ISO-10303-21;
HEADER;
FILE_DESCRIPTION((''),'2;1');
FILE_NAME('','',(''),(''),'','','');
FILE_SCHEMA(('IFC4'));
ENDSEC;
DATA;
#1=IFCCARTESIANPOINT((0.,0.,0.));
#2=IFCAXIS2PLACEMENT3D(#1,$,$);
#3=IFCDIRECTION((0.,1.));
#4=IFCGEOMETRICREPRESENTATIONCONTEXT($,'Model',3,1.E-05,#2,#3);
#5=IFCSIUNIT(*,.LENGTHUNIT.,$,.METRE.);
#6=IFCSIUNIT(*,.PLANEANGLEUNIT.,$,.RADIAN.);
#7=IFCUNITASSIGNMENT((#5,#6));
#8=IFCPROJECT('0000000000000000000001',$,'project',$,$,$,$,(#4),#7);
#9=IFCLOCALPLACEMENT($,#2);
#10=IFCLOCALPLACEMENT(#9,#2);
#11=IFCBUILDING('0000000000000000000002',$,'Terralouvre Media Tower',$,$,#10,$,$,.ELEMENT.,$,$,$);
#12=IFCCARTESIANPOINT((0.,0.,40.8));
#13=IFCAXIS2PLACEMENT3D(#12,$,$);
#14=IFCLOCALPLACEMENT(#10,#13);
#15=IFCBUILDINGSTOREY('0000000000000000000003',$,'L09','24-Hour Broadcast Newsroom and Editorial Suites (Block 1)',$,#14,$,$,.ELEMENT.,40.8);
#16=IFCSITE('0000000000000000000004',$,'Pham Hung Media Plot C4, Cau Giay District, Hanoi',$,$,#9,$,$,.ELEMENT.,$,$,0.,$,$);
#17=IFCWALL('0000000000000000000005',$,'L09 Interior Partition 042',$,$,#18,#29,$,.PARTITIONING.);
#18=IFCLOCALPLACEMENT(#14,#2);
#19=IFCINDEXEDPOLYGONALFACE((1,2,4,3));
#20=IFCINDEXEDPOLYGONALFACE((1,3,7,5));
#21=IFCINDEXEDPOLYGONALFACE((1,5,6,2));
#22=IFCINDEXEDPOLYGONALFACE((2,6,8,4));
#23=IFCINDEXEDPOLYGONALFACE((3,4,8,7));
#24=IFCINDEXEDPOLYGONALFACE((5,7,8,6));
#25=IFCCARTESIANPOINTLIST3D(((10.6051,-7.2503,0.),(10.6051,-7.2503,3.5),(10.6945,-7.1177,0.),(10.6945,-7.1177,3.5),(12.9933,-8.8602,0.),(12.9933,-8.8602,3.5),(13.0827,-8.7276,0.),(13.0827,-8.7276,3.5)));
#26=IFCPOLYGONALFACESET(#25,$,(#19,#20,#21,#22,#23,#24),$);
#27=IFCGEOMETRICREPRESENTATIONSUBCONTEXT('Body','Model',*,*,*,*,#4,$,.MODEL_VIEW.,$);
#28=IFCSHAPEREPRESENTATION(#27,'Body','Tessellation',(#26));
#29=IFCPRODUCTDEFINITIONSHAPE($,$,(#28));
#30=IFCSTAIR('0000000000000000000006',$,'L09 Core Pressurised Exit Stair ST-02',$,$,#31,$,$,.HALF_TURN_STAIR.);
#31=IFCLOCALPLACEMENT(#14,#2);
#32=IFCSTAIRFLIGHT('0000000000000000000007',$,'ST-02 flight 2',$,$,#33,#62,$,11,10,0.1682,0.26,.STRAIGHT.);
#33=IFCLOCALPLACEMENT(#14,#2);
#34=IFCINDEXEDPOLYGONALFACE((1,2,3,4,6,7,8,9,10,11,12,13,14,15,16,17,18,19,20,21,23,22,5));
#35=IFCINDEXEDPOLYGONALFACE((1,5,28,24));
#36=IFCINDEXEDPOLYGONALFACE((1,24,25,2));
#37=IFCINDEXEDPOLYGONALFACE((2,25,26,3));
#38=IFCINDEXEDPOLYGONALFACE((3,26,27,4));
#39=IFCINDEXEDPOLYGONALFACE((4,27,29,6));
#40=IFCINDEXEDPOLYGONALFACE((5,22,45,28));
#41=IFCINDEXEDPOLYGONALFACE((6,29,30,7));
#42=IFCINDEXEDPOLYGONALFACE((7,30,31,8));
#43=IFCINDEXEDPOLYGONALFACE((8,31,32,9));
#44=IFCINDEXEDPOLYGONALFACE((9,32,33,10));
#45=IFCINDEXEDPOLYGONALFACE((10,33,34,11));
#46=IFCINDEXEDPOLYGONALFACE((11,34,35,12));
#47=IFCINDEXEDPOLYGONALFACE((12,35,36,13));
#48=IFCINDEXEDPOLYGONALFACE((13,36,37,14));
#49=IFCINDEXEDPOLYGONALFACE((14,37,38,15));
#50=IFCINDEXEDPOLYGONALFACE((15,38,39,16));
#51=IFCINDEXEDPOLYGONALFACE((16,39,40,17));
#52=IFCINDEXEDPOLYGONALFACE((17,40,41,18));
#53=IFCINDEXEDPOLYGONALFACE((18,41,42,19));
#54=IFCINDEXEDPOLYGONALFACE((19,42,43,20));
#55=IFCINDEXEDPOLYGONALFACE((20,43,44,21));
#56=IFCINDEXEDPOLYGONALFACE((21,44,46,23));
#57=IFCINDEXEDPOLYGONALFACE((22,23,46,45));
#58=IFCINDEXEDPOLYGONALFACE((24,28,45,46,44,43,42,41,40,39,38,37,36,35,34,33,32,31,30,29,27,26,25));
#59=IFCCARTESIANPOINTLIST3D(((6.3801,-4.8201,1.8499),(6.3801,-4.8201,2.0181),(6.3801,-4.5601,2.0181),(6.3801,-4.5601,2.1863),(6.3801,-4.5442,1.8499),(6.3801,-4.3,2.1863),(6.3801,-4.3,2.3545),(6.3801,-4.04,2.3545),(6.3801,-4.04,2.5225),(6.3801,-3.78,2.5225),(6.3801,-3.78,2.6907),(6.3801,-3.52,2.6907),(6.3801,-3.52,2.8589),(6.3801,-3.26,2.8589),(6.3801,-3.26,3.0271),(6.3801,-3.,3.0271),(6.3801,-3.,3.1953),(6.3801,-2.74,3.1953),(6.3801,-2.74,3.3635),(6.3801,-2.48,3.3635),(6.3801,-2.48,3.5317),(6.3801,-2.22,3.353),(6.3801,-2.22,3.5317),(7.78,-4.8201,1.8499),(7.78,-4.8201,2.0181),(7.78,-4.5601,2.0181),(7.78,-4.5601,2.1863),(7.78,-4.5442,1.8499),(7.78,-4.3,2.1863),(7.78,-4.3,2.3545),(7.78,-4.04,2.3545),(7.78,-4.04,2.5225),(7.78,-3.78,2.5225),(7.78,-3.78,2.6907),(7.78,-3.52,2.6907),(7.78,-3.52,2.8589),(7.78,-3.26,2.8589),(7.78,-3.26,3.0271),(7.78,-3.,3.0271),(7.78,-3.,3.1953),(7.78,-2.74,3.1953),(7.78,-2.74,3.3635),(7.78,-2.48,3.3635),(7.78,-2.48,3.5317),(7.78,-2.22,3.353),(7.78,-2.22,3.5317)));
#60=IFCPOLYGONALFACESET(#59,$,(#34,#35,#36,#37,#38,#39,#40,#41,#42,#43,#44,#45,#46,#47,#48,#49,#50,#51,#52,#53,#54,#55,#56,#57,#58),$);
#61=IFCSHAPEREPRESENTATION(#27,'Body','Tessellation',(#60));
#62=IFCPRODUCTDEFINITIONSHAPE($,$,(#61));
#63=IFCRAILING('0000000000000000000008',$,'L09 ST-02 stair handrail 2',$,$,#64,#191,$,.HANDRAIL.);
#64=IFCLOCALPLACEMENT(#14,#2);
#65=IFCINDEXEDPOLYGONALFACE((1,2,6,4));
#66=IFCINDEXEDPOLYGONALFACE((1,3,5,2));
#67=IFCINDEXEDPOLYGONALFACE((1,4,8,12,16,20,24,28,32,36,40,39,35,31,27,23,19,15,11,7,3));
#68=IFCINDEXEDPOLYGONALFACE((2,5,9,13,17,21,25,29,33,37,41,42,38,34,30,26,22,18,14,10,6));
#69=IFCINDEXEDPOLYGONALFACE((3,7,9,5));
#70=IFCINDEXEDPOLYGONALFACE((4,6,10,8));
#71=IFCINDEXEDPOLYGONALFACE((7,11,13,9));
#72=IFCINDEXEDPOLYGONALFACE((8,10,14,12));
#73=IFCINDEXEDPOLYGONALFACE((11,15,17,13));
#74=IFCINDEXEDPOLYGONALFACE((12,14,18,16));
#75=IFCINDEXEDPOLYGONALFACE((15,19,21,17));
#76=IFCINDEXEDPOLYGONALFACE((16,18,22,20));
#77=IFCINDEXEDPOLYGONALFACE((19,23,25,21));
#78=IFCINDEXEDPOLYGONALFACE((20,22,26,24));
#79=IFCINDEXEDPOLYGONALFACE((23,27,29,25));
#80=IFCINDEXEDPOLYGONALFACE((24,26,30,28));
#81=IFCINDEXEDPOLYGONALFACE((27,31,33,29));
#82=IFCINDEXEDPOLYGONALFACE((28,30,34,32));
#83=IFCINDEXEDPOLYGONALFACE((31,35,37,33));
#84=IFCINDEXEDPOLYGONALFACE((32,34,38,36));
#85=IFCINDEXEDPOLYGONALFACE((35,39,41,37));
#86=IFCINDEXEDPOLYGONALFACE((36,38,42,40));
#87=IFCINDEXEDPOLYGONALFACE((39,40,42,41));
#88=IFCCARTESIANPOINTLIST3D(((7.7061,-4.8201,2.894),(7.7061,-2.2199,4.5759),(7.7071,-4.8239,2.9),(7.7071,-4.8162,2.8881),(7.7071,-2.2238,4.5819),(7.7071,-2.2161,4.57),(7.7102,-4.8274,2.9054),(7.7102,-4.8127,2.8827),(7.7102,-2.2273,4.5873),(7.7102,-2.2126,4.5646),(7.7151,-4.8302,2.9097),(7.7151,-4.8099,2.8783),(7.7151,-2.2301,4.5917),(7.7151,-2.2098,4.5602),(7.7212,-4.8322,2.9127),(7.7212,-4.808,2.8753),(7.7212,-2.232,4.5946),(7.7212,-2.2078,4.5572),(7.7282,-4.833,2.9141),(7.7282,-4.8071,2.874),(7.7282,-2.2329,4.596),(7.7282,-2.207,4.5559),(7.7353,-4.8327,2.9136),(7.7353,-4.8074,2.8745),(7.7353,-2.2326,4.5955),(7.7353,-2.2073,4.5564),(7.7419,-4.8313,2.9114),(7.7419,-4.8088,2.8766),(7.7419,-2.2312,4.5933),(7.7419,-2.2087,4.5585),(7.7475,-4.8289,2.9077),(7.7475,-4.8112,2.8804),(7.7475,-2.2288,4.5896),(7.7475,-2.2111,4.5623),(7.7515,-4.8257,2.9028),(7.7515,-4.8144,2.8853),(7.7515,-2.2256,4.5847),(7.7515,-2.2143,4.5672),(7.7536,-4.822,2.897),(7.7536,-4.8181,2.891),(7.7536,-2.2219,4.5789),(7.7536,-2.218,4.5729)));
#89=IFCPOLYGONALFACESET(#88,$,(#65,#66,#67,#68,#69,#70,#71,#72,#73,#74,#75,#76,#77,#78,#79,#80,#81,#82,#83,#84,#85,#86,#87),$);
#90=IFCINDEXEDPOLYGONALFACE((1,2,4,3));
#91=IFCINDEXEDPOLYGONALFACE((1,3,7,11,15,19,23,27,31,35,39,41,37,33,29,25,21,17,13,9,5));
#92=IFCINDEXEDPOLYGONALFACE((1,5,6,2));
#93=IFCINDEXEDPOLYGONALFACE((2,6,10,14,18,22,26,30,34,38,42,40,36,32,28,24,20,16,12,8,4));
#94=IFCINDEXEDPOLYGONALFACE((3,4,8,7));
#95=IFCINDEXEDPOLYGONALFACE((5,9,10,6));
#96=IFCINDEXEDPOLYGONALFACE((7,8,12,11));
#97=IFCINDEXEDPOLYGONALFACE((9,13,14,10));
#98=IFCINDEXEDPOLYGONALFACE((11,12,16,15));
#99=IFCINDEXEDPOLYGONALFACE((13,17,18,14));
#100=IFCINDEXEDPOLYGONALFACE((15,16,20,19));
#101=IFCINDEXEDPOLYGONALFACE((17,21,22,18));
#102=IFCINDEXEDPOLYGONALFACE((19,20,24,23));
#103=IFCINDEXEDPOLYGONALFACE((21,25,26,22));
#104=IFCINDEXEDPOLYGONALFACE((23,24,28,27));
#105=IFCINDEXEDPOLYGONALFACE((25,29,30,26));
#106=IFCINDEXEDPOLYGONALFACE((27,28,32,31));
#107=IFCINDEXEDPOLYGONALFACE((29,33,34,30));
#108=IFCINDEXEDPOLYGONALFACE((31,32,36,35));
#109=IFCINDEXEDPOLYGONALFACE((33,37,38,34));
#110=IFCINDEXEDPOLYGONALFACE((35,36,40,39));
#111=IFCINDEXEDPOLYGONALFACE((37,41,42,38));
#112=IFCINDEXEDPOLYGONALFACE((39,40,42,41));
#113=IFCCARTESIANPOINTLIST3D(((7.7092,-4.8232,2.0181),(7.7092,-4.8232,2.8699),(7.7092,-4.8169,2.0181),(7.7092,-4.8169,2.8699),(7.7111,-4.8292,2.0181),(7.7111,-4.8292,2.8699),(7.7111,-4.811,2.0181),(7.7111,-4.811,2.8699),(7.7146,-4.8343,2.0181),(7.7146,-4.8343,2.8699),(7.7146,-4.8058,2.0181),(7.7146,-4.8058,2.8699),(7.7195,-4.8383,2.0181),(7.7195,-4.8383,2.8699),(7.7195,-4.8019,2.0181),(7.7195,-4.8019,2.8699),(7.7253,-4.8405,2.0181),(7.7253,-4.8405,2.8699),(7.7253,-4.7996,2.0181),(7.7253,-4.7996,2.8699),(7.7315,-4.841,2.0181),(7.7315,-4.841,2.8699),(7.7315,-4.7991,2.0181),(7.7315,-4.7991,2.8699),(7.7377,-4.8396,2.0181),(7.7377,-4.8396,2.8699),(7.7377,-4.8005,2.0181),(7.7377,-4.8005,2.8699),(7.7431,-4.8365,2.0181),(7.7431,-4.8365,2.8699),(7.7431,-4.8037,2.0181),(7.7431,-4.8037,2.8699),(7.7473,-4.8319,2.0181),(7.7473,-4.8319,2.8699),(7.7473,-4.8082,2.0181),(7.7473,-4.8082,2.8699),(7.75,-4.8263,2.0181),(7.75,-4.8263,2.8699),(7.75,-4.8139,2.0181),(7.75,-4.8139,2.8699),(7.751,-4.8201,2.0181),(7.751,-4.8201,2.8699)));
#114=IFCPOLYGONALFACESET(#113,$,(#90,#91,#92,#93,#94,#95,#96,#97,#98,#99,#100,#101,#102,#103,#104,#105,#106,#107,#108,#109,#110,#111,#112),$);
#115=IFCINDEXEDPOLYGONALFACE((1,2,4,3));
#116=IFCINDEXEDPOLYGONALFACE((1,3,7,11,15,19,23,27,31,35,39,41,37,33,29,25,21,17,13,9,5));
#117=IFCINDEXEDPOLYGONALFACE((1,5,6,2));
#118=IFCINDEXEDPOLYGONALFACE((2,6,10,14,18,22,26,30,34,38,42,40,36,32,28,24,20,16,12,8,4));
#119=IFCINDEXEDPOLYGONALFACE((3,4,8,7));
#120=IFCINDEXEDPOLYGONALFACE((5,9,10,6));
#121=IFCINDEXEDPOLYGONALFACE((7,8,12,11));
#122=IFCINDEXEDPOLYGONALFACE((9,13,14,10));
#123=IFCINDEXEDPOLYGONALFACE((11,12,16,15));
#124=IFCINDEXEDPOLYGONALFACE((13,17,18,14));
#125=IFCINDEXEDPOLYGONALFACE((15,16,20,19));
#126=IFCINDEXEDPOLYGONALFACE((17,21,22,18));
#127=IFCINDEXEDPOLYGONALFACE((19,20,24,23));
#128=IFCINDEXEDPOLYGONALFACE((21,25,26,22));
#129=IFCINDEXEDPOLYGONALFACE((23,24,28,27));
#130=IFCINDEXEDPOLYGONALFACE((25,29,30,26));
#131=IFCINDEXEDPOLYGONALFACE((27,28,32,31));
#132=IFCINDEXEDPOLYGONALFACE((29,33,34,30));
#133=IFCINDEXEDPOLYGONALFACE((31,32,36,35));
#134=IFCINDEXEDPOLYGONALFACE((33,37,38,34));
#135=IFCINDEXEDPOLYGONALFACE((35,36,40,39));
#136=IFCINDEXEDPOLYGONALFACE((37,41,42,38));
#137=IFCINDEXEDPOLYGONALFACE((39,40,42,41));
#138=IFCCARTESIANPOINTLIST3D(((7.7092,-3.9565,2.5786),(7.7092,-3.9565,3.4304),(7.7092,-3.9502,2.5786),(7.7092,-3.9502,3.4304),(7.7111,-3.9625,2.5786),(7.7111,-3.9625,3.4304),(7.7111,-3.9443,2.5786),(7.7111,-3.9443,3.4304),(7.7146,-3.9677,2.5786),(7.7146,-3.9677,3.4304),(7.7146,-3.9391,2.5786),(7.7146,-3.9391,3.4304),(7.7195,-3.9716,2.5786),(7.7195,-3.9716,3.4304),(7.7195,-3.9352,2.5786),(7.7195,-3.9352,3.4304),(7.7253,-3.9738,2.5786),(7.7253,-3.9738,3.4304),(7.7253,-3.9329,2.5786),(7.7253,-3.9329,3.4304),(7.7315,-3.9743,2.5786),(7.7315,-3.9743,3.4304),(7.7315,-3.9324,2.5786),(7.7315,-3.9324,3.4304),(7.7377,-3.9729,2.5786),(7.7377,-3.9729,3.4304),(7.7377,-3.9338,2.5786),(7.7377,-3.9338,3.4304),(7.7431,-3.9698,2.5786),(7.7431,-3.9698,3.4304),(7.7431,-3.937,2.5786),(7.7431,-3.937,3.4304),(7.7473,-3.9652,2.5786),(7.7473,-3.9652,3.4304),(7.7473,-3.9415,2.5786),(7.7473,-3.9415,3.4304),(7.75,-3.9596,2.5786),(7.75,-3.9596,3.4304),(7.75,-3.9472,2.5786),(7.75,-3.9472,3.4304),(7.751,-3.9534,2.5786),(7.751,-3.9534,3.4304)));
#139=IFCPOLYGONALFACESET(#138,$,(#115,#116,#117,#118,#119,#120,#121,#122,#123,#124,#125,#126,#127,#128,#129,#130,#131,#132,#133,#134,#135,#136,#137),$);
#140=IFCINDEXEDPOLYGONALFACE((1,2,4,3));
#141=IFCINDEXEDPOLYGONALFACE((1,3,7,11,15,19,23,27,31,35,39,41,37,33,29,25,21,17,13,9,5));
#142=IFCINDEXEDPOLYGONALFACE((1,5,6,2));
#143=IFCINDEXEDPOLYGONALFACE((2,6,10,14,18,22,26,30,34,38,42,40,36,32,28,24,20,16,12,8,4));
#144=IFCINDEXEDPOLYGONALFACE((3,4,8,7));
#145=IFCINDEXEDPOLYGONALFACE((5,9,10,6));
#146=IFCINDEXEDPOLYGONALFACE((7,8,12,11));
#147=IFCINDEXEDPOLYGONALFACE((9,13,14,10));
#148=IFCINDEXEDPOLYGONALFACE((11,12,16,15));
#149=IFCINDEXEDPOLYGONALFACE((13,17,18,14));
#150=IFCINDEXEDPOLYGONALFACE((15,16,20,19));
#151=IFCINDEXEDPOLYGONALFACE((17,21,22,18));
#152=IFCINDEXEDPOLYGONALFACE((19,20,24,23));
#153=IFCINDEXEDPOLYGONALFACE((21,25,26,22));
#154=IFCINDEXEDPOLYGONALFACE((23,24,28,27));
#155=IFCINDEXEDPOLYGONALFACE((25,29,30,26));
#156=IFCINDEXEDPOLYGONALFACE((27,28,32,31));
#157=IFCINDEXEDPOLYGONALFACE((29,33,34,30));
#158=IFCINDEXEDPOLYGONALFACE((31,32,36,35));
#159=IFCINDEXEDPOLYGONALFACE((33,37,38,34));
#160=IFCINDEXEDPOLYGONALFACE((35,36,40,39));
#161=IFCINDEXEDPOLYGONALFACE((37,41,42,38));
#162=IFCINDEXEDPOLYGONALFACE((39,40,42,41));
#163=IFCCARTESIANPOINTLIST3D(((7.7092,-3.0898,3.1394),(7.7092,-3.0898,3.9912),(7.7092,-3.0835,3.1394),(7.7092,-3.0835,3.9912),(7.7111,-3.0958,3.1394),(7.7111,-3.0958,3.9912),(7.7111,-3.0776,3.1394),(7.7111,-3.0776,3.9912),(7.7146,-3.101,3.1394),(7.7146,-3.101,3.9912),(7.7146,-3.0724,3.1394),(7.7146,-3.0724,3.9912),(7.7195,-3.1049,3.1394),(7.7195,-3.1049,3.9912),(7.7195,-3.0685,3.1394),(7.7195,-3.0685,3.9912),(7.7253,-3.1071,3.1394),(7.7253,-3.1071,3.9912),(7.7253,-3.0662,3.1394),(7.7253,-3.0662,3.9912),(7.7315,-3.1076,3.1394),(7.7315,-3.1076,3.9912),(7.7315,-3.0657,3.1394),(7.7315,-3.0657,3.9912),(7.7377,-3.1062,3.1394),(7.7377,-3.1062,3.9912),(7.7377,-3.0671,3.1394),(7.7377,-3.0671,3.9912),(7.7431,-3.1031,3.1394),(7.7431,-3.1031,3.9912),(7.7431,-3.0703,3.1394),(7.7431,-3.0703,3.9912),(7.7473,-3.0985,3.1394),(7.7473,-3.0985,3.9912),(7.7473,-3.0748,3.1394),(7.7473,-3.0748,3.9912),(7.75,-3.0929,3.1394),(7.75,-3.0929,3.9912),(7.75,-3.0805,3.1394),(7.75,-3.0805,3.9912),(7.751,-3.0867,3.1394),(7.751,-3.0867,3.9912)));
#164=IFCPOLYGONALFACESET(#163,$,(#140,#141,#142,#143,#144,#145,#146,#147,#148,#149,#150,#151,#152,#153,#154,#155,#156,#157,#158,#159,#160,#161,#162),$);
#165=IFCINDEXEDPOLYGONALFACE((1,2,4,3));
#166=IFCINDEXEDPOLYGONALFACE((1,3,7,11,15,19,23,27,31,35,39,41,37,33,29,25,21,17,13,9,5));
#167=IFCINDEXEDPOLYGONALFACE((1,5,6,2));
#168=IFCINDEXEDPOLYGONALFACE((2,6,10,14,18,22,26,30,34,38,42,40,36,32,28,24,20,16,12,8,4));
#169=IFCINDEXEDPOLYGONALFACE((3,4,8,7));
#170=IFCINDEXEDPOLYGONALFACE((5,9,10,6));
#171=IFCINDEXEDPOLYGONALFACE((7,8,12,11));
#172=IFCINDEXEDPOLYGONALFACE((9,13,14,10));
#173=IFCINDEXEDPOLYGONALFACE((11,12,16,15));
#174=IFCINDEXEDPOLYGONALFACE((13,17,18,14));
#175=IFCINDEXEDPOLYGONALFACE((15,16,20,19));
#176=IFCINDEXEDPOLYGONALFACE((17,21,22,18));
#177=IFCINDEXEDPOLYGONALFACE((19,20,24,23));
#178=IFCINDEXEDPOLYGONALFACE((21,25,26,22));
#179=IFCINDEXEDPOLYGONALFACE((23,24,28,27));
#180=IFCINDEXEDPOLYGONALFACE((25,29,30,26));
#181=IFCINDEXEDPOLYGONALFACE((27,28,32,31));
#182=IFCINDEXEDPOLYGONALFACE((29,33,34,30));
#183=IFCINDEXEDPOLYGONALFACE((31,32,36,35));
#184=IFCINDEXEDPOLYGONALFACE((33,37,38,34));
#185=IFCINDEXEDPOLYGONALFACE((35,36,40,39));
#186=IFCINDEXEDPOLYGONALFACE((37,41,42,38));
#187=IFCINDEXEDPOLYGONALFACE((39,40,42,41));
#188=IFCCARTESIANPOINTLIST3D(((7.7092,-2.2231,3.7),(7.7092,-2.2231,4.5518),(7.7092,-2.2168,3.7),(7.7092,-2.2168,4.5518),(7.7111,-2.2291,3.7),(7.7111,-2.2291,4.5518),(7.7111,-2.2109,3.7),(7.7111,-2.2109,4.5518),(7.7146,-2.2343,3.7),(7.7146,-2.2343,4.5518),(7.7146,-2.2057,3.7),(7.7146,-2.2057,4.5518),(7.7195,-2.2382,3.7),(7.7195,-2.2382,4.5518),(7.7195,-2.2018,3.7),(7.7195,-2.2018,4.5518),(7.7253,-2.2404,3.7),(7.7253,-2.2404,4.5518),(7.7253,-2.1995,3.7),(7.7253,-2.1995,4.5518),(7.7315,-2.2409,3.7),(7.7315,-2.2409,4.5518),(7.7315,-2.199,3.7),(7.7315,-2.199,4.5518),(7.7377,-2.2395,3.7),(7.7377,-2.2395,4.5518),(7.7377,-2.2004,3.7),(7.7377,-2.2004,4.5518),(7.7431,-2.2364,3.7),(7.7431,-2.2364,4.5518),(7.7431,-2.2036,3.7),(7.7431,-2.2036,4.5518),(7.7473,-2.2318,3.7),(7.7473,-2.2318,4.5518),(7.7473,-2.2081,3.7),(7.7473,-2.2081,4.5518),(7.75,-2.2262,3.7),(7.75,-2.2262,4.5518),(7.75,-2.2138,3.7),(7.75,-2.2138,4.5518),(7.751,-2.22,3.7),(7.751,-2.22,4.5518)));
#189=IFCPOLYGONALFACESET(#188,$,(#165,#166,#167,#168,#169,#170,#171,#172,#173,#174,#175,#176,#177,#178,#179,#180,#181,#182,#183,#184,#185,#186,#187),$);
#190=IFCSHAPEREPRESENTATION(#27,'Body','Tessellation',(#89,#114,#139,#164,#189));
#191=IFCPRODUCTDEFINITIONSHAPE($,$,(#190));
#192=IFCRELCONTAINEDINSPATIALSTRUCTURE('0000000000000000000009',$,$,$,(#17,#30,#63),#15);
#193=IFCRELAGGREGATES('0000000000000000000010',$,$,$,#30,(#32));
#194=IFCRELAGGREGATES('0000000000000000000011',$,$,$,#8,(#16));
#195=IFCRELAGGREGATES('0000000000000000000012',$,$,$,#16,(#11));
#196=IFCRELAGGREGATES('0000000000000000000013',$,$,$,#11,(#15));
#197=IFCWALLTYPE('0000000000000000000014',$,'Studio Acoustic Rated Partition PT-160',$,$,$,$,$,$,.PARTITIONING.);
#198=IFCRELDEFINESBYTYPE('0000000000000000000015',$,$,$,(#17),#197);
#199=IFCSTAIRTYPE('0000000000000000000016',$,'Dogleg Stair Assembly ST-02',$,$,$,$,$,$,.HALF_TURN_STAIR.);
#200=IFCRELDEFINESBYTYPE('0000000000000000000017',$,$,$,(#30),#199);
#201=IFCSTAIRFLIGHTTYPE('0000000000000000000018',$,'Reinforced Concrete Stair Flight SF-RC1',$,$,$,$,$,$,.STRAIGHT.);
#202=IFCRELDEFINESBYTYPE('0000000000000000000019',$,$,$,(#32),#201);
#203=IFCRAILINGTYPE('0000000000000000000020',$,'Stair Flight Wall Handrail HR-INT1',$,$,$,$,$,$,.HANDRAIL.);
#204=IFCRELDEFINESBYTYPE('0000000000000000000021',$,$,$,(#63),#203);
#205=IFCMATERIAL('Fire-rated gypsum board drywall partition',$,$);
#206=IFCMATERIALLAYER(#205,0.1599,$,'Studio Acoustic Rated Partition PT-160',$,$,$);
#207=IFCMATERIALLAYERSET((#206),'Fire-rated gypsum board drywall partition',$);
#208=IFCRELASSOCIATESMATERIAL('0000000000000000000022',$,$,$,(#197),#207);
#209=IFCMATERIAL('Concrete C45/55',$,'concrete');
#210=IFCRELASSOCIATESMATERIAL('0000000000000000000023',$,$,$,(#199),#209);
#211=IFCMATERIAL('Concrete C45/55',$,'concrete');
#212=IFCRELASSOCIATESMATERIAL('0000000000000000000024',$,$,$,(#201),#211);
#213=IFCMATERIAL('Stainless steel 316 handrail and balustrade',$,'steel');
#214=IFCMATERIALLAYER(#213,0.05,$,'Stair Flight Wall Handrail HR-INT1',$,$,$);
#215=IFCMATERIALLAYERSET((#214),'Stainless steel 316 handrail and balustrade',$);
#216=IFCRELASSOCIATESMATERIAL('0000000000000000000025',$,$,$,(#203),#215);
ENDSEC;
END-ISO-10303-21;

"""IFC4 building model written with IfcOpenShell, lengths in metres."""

from ifc_helpers import new_model, si_unit, direction, frame, frame_2d, origin, origin_2d, place, context, subcontext, project, spatial, polyline, rectangle, circle, outline, extrude, material, layer, layer_set, type_object, element, aggregate, save


model = new_model("IFC4")

# Units and contexts
model_context = context("Model", 3, precision=1e-05, world=origin(), true_north=direction((0.0, 1.0)))
body_context = subcontext(model_context, "Body", "Model", "MODEL_VIEW")
ifc_project = project(units=[si_unit("LENGTHUNIT", "METRE"), si_unit("PLANEANGLEUNIT", "RADIAN")], contexts=[model_context])

# Site, building, storey
site_placement = place(None, origin())
site = spatial("IfcSite", under=ifc_project, at=site_placement, Name="Pham Hung Media Plot C4, Cau Giay District, Hanoi", CompositionType="ELEMENT", RefElevation=0.0)
building_placement = place(site_placement, origin())
building = spatial("IfcBuilding", under=site, at=building_placement, Name="Terralouvre Media Tower", CompositionType="ELEMENT")
storey_placement = place(building_placement, frame((0.0, 0.0, 40.8)))
storey = spatial("IfcBuildingStorey", under=building, at=storey_placement, Name="L09", Description="24-Hour Broadcast Newsroom and Editorial Suites (Block 1)", CompositionType="ELEMENT", Elevation=40.8)

# Shared definitions
ifc_material_1 = material(Name="Fire-rated gypsum board drywall partition")
ifc_layer_1 = layer(ifc_material_1, 0.1599, Name="Studio Acoustic Rated Partition PT-160")
ifc_layer_set_1 = layer_set([ifc_layer_1], Name="Fire-rated gypsum board drywall partition")
wall_type_1 = type_object("IfcWallType", Name="Studio Acoustic Rated Partition PT-160", PredefinedType="PARTITIONING", material=ifc_layer_set_1)

# Wall
wall_1_placement = place(storey_placement, frame((10.6499, -7.1841, 0.0), z_axis=(0.0, 0.0, 1.0), x_axis=(0.829196, -0.558957, 0.0)))
element("IfcWall", 1, at=wall_1_placement, inside=storey, type_object=wall_type_1, Name="L09 Interior Partition 042", PredefinedType="PARTITIONING", context=body_context, shape_type="SweptSolid", body=[
    extrude(rectangle(XDim=2.8801, YDim=0.1599, at=frame_2d((1.4399, 0.0))), origin(), (0.0, 0.0, 1.0), 3.5),
])

# Stair, stair flight
ifc_material_2 = material(Name="Concrete C45/55", Category="concrete")
stair_type = type_object("IfcStairType", Name="Dogleg Stair Assembly ST-02", PredefinedType="HALF_TURN_STAIR", material=ifc_material_2)
stair_placement = place(storey_placement, origin())
stair = element("IfcStair", 2, at=stair_placement, inside=storey, type_object=stair_type, Name="L09 Core Pressurised Exit Stair ST-02", PredefinedType="HALF_TURN_STAIR")
ifc_material_3 = material(Name="Concrete C45/55", Category="concrete")
stair_flight_type = type_object("IfcStairFlightType", Name="Reinforced Concrete Stair Flight SF-RC1", PredefinedType="STRAIGHT", material=ifc_material_3)
stair_flight_placement = place(storey_placement, frame((7.0801, -4.8201, 1.8499), z_axis=(0.0, 0.0, 1.0), x_axis=(0.0, 1.0, 0.0)))
stair_flight = element("IfcStairFlight", 3, at=stair_flight_placement, type_object=stair_flight_type, Name="ST-02 flight 2", NumberOfRisers=11, NumberOfTreads=10, PredefinedType="STRAIGHT", RiserHeight=0.1682, TreadLength=0.26, context=body_context, shape_type="SweptSolid", body=[
    extrude(outline(polyline([(0.0, 0.0), (0.0, 0.1682), (0.26, 0.1682), (0.26, 0.3364), (0.52, 0.3364), (0.52, 0.5046), (0.78, 0.5046), (0.78, 0.6726), (1.04, 0.6726), (1.04, 0.8408), (1.3, 0.8408), (1.3, 1.009), (1.5601, 1.009), (1.5601, 1.1772), (1.8201, 1.1772), (1.8201, 1.3455), (2.0801, 1.3455), (2.0801, 1.5137), (2.3401, 1.5137), (2.3401, 1.6819), (2.6001, 1.6819), (2.6001, 1.8501), (2.6001, 1.5032), (0.2759, 0.0), (0.0, 0.0)])), frame((0.0, 0.7, 0.0), z_axis=(0.0, -1.0, 0.0), x_axis=(1.0, 0.0, 0.0)), (0.0, 0.0, 1.0), 1.3999),
])
aggregate(stair, [stair_flight])

# Railing
ifc_material_4 = material(Name="Stainless steel 316 handrail and balustrade", Category="steel")
ifc_layer_2 = layer(ifc_material_4, 0.05, Name="Stair Flight Wall Handrail HR-INT1")
ifc_layer_set_2 = layer_set([ifc_layer_2], Name="Stainless steel 316 handrail and balustrade")
railing_type = type_object("IfcRailingType", Name="Stair Flight Wall Handrail HR-INT1", PredefinedType="HANDRAIL", material=ifc_layer_set_2)
railing_placement = place(storey_placement, frame((7.73, -4.8201, 2.0181)))
element("IfcRailing", 4, at=railing_placement, inside=storey, type_object=railing_type, Name="L09 ST-02 stair handrail 2", PredefinedType="HANDRAIL", context=body_context, shape_type="SweptSolid", body=[
    extrude(circle(Radius=0.0239, at=origin_2d()), frame((0.0, 0.0, 0.876), z_axis=(0.0, 0.839648, 0.54313), x_axis=(-1.0, 0.0, 0.0)), (0.0, 0.0, 1.0), 3.0967),
    extrude(circle(Radius=0.021, at=origin_2d()), origin(), (0.0, 0.0, 1.0), 0.8518),
    extrude(circle(Radius=0.021, at=origin_2d()), frame((0.0, 0.8667, 0.5605)), (0.0, 0.0, 1.0), 0.8518),
    extrude(circle(Radius=0.021, at=origin_2d()), frame((0.0, 1.7334, 1.1213)), (0.0, 0.0, 1.0), 0.8518),
    extrude(circle(Radius=0.021, at=origin_2d()), frame((0.0, 2.6001, 1.6819)), (0.0, 0.0, 1.0), 0.8518),
])

save(model, "model.ifc")
